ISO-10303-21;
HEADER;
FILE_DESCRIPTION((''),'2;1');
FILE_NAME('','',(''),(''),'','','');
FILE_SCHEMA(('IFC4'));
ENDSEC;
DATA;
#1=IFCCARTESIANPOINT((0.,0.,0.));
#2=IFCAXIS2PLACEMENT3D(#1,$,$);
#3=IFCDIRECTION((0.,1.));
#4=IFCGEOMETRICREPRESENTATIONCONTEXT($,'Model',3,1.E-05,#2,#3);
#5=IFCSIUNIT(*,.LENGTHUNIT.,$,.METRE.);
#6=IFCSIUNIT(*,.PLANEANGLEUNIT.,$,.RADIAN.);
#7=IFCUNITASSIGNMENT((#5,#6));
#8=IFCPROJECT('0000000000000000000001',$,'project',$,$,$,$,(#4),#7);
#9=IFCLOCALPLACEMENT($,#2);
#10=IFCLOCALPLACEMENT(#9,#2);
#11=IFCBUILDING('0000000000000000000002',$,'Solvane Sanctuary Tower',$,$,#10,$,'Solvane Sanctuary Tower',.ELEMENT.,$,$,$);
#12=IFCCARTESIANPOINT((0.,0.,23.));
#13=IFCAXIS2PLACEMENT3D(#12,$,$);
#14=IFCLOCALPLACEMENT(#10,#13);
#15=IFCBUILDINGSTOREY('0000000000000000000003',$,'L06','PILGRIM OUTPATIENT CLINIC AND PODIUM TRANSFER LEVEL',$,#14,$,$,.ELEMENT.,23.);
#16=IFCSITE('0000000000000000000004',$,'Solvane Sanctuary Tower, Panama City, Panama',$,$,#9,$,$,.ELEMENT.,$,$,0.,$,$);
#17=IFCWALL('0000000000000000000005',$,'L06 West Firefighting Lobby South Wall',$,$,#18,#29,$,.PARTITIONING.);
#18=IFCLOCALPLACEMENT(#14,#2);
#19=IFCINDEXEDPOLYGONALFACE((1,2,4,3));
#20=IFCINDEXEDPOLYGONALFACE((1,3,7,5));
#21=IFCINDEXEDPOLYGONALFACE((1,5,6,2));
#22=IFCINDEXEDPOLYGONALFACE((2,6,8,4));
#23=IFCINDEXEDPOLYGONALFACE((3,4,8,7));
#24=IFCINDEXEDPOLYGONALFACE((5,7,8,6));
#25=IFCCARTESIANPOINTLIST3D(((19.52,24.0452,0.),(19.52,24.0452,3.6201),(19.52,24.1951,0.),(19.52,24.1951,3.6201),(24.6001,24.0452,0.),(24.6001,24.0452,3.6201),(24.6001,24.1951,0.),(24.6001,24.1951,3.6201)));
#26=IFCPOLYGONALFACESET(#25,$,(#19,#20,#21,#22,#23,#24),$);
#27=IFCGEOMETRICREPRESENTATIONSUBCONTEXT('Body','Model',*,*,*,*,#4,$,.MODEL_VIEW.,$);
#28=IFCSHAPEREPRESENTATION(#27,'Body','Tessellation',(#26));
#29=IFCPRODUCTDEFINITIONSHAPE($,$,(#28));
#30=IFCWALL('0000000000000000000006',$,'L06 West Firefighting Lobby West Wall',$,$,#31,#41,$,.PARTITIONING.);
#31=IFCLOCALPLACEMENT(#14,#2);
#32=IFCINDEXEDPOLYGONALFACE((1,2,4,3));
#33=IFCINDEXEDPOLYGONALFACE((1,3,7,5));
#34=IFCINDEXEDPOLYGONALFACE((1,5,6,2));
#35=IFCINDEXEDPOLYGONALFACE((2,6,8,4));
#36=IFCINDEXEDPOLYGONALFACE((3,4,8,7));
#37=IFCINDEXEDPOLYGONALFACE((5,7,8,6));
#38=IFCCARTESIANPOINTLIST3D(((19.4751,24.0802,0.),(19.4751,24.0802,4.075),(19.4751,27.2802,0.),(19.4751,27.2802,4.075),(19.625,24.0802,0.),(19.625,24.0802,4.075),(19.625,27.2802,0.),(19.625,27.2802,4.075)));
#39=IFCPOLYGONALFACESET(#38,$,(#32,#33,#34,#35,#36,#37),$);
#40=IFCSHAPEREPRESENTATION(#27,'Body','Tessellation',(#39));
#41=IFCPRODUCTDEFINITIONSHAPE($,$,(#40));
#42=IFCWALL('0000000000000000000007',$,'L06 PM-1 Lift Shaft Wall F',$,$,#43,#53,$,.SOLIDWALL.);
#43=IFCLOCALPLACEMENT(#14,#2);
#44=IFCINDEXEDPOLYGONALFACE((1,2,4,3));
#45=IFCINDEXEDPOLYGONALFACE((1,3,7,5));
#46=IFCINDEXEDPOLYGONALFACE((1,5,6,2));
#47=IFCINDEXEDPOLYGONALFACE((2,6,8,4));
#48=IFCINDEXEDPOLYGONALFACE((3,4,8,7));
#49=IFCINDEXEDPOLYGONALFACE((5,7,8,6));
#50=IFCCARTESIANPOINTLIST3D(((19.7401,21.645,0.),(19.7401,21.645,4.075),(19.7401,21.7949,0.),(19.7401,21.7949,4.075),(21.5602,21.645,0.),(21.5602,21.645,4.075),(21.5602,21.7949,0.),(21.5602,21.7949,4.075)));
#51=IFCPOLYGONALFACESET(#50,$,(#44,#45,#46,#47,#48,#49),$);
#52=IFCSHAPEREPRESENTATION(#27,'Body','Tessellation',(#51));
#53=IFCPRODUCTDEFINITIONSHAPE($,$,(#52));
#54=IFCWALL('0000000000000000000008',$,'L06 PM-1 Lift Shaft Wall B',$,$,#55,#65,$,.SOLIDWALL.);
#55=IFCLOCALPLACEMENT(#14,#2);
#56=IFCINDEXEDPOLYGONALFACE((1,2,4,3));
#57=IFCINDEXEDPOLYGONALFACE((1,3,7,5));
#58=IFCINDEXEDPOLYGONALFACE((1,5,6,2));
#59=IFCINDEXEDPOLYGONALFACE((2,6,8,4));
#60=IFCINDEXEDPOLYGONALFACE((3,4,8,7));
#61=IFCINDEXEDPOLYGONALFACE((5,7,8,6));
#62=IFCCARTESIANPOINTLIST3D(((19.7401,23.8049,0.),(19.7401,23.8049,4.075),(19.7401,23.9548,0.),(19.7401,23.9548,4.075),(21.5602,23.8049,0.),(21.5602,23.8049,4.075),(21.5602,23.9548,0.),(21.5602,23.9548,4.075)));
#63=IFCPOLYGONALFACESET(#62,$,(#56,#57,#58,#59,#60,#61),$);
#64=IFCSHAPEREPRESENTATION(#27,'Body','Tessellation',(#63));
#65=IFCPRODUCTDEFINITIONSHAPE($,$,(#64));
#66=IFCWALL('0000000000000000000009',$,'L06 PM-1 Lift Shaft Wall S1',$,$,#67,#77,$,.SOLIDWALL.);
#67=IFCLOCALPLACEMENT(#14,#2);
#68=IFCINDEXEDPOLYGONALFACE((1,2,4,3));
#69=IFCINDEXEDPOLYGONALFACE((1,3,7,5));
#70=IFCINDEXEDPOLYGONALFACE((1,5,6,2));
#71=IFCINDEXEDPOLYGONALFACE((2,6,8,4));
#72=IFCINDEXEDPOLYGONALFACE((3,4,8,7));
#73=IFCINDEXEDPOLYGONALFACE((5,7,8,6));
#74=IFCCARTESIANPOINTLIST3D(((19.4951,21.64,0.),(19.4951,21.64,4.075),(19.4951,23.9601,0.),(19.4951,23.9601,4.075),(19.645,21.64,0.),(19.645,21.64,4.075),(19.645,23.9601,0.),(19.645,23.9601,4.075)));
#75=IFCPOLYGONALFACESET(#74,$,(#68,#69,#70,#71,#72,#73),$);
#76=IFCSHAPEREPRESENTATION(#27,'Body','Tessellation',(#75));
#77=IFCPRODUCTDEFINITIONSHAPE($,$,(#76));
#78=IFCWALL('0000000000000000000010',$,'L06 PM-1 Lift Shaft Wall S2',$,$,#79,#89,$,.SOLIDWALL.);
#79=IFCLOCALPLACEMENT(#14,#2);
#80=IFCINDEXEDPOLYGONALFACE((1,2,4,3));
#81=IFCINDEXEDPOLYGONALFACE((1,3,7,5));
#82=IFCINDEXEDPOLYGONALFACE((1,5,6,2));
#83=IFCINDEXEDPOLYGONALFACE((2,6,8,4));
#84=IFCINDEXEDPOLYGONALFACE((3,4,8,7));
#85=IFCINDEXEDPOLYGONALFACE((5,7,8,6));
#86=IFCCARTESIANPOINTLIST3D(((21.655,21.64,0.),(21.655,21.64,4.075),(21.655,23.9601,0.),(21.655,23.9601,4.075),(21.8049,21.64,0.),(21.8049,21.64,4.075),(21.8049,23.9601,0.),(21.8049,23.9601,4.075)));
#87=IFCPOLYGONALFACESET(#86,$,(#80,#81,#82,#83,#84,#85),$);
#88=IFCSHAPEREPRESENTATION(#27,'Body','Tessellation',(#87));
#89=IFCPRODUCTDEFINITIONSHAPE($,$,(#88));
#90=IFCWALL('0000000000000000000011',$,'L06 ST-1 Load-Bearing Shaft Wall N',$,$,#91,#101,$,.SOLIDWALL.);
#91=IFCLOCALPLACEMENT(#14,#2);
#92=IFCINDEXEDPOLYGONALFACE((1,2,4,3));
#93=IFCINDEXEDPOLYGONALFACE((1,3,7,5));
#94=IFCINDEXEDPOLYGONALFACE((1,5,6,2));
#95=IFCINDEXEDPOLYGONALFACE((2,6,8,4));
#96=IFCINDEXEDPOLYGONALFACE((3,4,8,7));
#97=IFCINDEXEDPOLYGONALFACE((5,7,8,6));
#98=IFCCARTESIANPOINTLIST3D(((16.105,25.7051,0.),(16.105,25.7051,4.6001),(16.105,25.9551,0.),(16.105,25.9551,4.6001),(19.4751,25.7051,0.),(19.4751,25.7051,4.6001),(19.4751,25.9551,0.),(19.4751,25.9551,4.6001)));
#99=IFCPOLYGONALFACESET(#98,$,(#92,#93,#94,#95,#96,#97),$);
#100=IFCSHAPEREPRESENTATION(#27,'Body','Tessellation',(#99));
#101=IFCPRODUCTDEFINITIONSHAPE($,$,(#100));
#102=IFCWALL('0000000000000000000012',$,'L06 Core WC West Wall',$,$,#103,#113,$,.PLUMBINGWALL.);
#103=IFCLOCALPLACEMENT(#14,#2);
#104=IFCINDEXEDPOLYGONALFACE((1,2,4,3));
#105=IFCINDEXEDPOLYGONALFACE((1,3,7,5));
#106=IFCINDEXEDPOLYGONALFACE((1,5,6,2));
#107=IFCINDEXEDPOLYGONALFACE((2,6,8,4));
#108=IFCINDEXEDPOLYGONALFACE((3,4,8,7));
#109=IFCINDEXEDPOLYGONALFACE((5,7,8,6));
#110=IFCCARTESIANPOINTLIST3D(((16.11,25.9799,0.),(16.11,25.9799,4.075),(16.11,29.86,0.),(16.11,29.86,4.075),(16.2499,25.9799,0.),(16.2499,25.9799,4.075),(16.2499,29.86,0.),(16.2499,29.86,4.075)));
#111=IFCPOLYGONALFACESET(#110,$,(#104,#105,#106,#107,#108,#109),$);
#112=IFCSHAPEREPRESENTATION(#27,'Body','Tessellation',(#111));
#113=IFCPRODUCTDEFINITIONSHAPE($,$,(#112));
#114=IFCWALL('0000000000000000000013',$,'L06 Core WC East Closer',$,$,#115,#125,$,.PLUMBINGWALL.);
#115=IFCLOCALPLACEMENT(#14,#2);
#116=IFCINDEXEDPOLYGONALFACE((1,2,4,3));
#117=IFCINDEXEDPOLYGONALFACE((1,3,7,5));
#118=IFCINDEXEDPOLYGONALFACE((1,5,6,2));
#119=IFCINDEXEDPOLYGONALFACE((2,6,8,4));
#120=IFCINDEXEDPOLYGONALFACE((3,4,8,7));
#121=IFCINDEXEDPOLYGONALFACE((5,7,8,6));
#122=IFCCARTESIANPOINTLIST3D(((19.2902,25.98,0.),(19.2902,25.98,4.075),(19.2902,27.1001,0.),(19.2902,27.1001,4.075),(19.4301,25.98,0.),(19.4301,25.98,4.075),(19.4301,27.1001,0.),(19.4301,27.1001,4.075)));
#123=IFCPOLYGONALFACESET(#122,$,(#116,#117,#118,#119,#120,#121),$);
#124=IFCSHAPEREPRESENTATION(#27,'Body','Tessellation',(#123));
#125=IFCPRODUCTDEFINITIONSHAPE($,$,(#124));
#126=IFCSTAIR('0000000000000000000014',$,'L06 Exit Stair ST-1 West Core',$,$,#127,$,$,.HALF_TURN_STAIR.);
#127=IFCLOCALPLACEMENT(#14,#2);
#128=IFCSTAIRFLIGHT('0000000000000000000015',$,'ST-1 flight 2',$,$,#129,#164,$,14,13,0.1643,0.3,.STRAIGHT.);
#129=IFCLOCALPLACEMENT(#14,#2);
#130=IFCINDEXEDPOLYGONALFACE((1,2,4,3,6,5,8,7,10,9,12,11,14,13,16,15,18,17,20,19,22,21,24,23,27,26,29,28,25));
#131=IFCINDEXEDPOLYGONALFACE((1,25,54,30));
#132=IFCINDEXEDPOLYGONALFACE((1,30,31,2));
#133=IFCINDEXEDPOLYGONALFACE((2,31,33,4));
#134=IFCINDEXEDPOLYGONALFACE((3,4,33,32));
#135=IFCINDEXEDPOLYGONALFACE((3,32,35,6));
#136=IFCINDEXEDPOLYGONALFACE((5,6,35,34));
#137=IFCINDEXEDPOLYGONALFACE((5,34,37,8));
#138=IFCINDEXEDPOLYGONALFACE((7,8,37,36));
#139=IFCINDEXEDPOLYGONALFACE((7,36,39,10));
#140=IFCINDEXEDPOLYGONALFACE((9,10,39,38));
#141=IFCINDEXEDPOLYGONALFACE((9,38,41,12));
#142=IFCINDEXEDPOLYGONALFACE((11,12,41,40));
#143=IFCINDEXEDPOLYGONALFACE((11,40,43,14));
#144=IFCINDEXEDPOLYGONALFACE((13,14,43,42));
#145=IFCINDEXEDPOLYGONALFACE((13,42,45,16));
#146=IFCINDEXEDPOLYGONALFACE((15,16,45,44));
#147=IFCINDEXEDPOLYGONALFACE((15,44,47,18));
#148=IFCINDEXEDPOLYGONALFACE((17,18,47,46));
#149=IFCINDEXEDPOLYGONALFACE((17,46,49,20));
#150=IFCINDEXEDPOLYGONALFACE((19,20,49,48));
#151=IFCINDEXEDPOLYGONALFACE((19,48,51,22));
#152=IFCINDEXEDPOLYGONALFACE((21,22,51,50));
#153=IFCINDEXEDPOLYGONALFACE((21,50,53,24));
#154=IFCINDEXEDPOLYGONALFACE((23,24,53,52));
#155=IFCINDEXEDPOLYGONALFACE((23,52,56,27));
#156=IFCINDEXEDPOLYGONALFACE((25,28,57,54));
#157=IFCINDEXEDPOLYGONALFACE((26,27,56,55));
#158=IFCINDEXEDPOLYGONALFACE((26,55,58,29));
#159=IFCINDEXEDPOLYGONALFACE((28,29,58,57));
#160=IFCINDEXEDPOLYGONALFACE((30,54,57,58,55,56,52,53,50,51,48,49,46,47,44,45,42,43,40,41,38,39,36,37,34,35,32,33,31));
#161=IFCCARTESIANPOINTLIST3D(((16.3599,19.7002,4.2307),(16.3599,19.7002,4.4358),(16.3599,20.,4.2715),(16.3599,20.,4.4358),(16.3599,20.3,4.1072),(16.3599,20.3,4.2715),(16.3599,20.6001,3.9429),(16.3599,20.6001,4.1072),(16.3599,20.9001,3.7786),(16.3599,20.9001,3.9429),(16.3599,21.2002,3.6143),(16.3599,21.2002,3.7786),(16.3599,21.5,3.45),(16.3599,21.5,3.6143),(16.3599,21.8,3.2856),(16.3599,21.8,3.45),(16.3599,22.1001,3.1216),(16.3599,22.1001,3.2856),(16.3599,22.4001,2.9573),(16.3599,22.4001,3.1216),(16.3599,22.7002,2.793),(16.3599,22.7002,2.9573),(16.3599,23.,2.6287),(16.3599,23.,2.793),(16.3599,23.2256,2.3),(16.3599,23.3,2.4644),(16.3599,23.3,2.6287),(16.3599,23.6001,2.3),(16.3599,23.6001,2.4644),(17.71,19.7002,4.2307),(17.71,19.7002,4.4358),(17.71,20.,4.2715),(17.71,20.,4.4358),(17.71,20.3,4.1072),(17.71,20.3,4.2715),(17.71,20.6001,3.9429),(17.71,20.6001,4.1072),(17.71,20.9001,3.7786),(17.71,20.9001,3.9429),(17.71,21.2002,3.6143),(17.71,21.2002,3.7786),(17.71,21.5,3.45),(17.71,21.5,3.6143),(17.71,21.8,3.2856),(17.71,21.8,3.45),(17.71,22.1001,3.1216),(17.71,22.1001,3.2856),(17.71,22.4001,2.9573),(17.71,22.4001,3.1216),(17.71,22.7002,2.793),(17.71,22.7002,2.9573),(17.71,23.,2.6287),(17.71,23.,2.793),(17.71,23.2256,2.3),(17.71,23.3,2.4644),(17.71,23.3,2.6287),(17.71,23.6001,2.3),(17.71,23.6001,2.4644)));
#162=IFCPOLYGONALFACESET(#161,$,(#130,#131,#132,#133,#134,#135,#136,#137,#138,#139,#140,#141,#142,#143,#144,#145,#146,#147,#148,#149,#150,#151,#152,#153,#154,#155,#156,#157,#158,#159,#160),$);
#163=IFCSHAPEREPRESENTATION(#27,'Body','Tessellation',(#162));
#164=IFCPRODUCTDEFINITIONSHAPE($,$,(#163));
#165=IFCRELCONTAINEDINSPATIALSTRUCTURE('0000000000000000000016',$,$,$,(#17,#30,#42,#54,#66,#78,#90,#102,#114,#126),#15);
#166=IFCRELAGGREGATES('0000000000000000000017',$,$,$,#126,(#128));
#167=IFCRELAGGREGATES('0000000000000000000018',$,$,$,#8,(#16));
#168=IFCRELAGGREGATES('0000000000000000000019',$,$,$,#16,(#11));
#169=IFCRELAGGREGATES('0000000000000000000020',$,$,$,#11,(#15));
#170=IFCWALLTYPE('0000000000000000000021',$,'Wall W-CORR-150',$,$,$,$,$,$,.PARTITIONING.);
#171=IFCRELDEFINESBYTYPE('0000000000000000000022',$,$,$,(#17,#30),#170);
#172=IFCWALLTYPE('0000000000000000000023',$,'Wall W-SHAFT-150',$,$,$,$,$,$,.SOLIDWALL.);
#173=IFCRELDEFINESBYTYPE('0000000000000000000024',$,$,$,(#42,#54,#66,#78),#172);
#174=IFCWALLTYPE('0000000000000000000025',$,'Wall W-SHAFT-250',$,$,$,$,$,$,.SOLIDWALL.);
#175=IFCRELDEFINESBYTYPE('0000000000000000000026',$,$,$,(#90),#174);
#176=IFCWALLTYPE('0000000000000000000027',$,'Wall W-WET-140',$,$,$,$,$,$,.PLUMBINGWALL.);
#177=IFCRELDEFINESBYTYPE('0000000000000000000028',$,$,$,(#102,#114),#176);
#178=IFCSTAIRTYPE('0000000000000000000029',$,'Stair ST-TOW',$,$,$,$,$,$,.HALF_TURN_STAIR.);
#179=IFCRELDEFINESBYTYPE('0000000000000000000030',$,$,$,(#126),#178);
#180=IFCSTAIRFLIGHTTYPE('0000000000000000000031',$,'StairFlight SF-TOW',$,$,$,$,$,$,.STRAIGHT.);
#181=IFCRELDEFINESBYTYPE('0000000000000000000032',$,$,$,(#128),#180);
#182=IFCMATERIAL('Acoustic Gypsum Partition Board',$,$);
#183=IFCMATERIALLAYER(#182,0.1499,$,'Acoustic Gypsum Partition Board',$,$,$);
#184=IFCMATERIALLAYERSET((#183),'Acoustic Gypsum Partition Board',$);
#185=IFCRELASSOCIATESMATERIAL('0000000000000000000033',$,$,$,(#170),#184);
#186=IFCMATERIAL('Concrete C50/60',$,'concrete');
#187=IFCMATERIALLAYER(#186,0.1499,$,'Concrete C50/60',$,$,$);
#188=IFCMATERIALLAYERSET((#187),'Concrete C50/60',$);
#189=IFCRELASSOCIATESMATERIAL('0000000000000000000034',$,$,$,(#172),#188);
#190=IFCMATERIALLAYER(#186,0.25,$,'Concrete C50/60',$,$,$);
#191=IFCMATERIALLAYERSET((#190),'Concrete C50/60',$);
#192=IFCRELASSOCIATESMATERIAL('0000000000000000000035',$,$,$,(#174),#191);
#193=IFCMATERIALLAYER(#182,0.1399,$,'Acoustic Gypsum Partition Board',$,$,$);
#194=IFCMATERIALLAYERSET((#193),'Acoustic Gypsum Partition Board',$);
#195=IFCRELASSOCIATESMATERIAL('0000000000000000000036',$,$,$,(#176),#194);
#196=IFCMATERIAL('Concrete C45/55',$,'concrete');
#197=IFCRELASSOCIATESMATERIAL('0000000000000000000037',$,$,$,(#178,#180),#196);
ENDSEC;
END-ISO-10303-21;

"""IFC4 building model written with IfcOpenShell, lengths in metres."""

from ifc_helpers import new_model, si_unit, direction, frame, frame_2d, origin, place, context, subcontext, project, spatial, polyline, rectangle, outline, extrude, material, layer, layer_set, type_object, element, aggregate, save


model = new_model("IFC4")

# Units and contexts
model_context = context("Model", 3, precision=1e-05, world=origin(), true_north=direction((0.0, 1.0)))
body_context = subcontext(model_context, "Body", "Model", "MODEL_VIEW")
ifc_project = project(units=[si_unit("LENGTHUNIT", "METRE"), si_unit("PLANEANGLEUNIT", "RADIAN")], contexts=[model_context])

# Site, building, storey
site_placement = place(None, origin())
site = spatial("IfcSite", under=ifc_project, at=site_placement, Name="Solvane Sanctuary Tower, Panama City, Panama", CompositionType="ELEMENT", RefElevation=0.0)
building_placement = place(site_placement, origin())
building = spatial("IfcBuilding", under=site, at=building_placement, Name="Solvane Sanctuary Tower", LongName="Solvane Sanctuary Tower", CompositionType="ELEMENT")
storey_placement = place(building_placement, frame((0.0, 0.0, 23.0)))
storey = spatial("IfcBuildingStorey", under=building, at=storey_placement, Name="L06", Description="PILGRIM OUTPATIENT CLINIC AND PODIUM TRANSFER LEVEL", CompositionType="ELEMENT", Elevation=23.0)

# Walls
ifc_material_1 = material(Name="Acoustic Gypsum Partition Board")
ifc_layer_1 = layer(ifc_material_1, 0.1499, Name="Acoustic Gypsum Partition Board")
ifc_layer_set_1 = layer_set([ifc_layer_1], Name="Acoustic Gypsum Partition Board")
wall_type_1 = type_object("IfcWallType", Name="Wall W-CORR-150", PredefinedType="PARTITIONING", material=ifc_layer_set_1)
wall_1_placement = place(storey_placement, frame((19.52, 24.1201, 0.0), z_axis=(0.0, 0.0, 1.0), x_axis=(1.0, 0.0, 0.0)))
element("IfcWall", 1, at=wall_1_placement, inside=storey, type_object=wall_type_1, Name="L06 West Firefighting Lobby South Wall", PredefinedType="PARTITIONING", context=body_context, shape_type="SweptSolid", body=[
    extrude(rectangle(XDim=5.0801, YDim=0.1499, at=frame_2d((2.54, 0.0))), origin(), (0.0, 0.0, 1.0), 3.6201),
])
wall_2_placement = place(storey_placement, frame((19.55, 24.0801, 0.0), z_axis=(0.0, 0.0, 1.0), x_axis=(0.0, 1.0, 0.0)))
element("IfcWall", 2, at=wall_2_placement, inside=storey, type_object=wall_type_1, Name="L06 West Firefighting Lobby West Wall", PredefinedType="PARTITIONING", context=body_context, shape_type="SweptSolid", body=[
    extrude(rectangle(XDim=3.2, YDim=0.1499, at=frame_2d((1.6001, 0.0))), origin(), (0.0, 0.0, 1.0), 4.075),
])
ifc_material_2 = material(Name="Concrete C50/60", Category="concrete")
ifc_layer_2 = layer(ifc_material_2, 0.1499, Name="Concrete C50/60")
ifc_layer_set_2 = layer_set([ifc_layer_2], Name="Concrete C50/60")
wall_type_2 = type_object("IfcWallType", Name="Wall W-SHAFT-150", PredefinedType="SOLIDWALL", material=ifc_layer_set_2)
for number, where, z_axis, x_axis, name in (
    (3, (19.74, 21.72, 0.0), (0.0, 0.0, 1.0), (1.0, 0.0, 0.0), "L06 PM-1 Lift Shaft Wall F"),
    (4, (19.74, 23.8799, 0.0), (0.0, 0.0, 1.0), (1.0, 0.0, 0.0), "L06 PM-1 Lift Shaft Wall B"),
):
    element("IfcWall", number, at=place(storey_placement, frame(where, z_axis=z_axis, x_axis=x_axis)), inside=storey, type_object=wall_type_2, Name=name, PredefinedType="SOLIDWALL", context=body_context, shape_type="SweptSolid", body=[
        extrude(rectangle(XDim=1.8201, YDim=0.1499, at=frame_2d((0.9102, 0.0))), origin(), (0.0, 0.0, 1.0), 4.075),
    ])
for number, where, z_axis, x_axis, name in (
    (5, (19.5701, 21.6399, 0.0), (0.0, 0.0, 1.0), (0.0, 1.0, 0.0), "L06 PM-1 Lift Shaft Wall S1"),
    (6, (21.73, 21.6399, 0.0), (0.0, 0.0, 1.0), (0.0, 1.0, 0.0), "L06 PM-1 Lift Shaft Wall S2"),
):
    element("IfcWall", number, at=place(storey_placement, frame(where, z_axis=z_axis, x_axis=x_axis)), inside=storey, type_object=wall_type_2, Name=name, PredefinedType="SOLIDWALL", context=body_context, shape_type="SweptSolid", body=[
        extrude(rectangle(XDim=2.3201, YDim=0.1499, at=frame_2d((1.1602, 0.0))), origin(), (0.0, 0.0, 1.0), 4.075),
    ])
ifc_layer_3 = layer(ifc_material_2, 0.25, Name="Concrete C50/60")
ifc_layer_set_3 = layer_set([ifc_layer_3], Name="Concrete C50/60")
wall_type_3 = type_object("IfcWallType", Name="Wall W-SHAFT-250", PredefinedType="SOLIDWALL", material=ifc_layer_set_3)
wall_3_placement = place(storey_placement, frame((16.105, 25.8301, 0.0), z_axis=(0.0, 0.0, 1.0), x_axis=(1.0, 0.0, 0.0)))
element("IfcWall", 7, at=wall_3_placement, inside=storey, type_object=wall_type_3, Name="L06 ST-1 Load-Bearing Shaft Wall N", PredefinedType="SOLIDWALL", context=body_context, shape_type="SweptSolid", body=[
    extrude(rectangle(XDim=3.3701, YDim=0.25, at=frame_2d((1.6851, 0.0))), origin(), (0.0, 0.0, 1.0), 4.6001),
])
ifc_layer_4 = layer(ifc_material_1, 0.1399, Name="Acoustic Gypsum Partition Board")
ifc_layer_set_4 = layer_set([ifc_layer_4], Name="Acoustic Gypsum Partition Board")
wall_type_4 = type_object("IfcWallType", Name="Wall W-WET-140", PredefinedType="PLUMBINGWALL", material=ifc_layer_set_4)
wall_4_placement = place(storey_placement, frame((16.1799, 25.98, 0.0), z_axis=(0.0, 0.0, 1.0), x_axis=(0.0, 1.0, 0.0)))
element("IfcWall", 8, at=wall_4_placement, inside=storey, type_object=wall_type_4, Name="L06 Core WC West Wall", PredefinedType="PLUMBINGWALL", context=body_context, shape_type="SweptSolid", body=[
    extrude(rectangle(XDim=3.8801, YDim=0.1399, at=frame_2d((1.9399, 0.0))), origin(), (0.0, 0.0, 1.0), 4.075),
])
wall_5_placement = place(storey_placement, frame((19.3601, 25.98, 0.0), z_axis=(0.0, 0.0, 1.0), x_axis=(0.0, 1.0, 0.0)))
element("IfcWall", 9, at=wall_5_placement, inside=storey, type_object=wall_type_4, Name="L06 Core WC East Closer", PredefinedType="PLUMBINGWALL", context=body_context, shape_type="SweptSolid", body=[
    extrude(rectangle(XDim=1.1201, YDim=0.1399, at=frame_2d((0.5601, 0.0))), origin(), (0.0, 0.0, 1.0), 4.075),
])

# Stair, stair flight
ifc_material_3 = material(Name="Concrete C45/55", Category="concrete")
stair_type = type_object("IfcStairType", Name="Stair ST-TOW", PredefinedType="HALF_TURN_STAIR", material=ifc_material_3)
stair_1_placement = place(storey_placement, origin())
stair_1 = element("IfcStair", 10, at=stair_1_placement, inside=storey, type_object=stair_type, Name="L06 Exit Stair ST-1 West Core", PredefinedType="HALF_TURN_STAIR")
stair_flight_type = type_object("IfcStairFlightType", Name="StairFlight SF-TOW", PredefinedType="STRAIGHT", material=ifc_material_3)
stair_flight_1_placement = place(storey_placement, frame((17.0349, 23.6001, 2.3), z_axis=(0.0, 0.0, 1.0), x_axis=(0.0, -1.0, 0.0)))
stair_flight_1 = element("IfcStairFlight", 11, at=stair_flight_1_placement, type_object=stair_flight_type, Name="ST-1 flight 2", NumberOfRisers=14, NumberOfTreads=13, PredefinedType="STRAIGHT", RiserHeight=0.1643, TreadLength=0.3, context=body_context, shape_type="SweptSolid", body=[
    extrude(outline(polyline([(0.0, 0.0), (0.0, 0.1643), (0.3, 0.1643), (0.3, 0.3286), (0.6001, 0.3286), (0.6001, 0.4929), (0.8999, 0.4929), (0.8999, 0.6572), (1.2, 0.6572), (1.2, 0.8215), (1.5, 0.8215), (1.5, 0.9856), (1.8, 0.9856), (1.8, 1.1499), (2.1001, 1.1499), (2.1001, 1.3142), (2.3999, 1.3142), (2.3999, 1.4785), (2.7, 1.4785), (2.7, 1.6428), (3.0, 1.6428), (3.0, 1.8071), (3.3, 1.8071), (3.3, 1.9714), (3.6001, 1.9714), (3.6001, 2.1357), (3.8999, 2.1357), (3.8999, 2.3), (3.8999, 1.9307), (0.3745, 0.0), (0.0, 0.0)])), frame((0.0, 0.675, 0.0), z_axis=(0.0, -1.0, 0.0), x_axis=(1.0, 0.0, 0.0)), (0.0, 0.0, 1.0), 1.3501),
])
aggregate(stair_1, [stair_flight_1])

save(model, "model.ifc")
